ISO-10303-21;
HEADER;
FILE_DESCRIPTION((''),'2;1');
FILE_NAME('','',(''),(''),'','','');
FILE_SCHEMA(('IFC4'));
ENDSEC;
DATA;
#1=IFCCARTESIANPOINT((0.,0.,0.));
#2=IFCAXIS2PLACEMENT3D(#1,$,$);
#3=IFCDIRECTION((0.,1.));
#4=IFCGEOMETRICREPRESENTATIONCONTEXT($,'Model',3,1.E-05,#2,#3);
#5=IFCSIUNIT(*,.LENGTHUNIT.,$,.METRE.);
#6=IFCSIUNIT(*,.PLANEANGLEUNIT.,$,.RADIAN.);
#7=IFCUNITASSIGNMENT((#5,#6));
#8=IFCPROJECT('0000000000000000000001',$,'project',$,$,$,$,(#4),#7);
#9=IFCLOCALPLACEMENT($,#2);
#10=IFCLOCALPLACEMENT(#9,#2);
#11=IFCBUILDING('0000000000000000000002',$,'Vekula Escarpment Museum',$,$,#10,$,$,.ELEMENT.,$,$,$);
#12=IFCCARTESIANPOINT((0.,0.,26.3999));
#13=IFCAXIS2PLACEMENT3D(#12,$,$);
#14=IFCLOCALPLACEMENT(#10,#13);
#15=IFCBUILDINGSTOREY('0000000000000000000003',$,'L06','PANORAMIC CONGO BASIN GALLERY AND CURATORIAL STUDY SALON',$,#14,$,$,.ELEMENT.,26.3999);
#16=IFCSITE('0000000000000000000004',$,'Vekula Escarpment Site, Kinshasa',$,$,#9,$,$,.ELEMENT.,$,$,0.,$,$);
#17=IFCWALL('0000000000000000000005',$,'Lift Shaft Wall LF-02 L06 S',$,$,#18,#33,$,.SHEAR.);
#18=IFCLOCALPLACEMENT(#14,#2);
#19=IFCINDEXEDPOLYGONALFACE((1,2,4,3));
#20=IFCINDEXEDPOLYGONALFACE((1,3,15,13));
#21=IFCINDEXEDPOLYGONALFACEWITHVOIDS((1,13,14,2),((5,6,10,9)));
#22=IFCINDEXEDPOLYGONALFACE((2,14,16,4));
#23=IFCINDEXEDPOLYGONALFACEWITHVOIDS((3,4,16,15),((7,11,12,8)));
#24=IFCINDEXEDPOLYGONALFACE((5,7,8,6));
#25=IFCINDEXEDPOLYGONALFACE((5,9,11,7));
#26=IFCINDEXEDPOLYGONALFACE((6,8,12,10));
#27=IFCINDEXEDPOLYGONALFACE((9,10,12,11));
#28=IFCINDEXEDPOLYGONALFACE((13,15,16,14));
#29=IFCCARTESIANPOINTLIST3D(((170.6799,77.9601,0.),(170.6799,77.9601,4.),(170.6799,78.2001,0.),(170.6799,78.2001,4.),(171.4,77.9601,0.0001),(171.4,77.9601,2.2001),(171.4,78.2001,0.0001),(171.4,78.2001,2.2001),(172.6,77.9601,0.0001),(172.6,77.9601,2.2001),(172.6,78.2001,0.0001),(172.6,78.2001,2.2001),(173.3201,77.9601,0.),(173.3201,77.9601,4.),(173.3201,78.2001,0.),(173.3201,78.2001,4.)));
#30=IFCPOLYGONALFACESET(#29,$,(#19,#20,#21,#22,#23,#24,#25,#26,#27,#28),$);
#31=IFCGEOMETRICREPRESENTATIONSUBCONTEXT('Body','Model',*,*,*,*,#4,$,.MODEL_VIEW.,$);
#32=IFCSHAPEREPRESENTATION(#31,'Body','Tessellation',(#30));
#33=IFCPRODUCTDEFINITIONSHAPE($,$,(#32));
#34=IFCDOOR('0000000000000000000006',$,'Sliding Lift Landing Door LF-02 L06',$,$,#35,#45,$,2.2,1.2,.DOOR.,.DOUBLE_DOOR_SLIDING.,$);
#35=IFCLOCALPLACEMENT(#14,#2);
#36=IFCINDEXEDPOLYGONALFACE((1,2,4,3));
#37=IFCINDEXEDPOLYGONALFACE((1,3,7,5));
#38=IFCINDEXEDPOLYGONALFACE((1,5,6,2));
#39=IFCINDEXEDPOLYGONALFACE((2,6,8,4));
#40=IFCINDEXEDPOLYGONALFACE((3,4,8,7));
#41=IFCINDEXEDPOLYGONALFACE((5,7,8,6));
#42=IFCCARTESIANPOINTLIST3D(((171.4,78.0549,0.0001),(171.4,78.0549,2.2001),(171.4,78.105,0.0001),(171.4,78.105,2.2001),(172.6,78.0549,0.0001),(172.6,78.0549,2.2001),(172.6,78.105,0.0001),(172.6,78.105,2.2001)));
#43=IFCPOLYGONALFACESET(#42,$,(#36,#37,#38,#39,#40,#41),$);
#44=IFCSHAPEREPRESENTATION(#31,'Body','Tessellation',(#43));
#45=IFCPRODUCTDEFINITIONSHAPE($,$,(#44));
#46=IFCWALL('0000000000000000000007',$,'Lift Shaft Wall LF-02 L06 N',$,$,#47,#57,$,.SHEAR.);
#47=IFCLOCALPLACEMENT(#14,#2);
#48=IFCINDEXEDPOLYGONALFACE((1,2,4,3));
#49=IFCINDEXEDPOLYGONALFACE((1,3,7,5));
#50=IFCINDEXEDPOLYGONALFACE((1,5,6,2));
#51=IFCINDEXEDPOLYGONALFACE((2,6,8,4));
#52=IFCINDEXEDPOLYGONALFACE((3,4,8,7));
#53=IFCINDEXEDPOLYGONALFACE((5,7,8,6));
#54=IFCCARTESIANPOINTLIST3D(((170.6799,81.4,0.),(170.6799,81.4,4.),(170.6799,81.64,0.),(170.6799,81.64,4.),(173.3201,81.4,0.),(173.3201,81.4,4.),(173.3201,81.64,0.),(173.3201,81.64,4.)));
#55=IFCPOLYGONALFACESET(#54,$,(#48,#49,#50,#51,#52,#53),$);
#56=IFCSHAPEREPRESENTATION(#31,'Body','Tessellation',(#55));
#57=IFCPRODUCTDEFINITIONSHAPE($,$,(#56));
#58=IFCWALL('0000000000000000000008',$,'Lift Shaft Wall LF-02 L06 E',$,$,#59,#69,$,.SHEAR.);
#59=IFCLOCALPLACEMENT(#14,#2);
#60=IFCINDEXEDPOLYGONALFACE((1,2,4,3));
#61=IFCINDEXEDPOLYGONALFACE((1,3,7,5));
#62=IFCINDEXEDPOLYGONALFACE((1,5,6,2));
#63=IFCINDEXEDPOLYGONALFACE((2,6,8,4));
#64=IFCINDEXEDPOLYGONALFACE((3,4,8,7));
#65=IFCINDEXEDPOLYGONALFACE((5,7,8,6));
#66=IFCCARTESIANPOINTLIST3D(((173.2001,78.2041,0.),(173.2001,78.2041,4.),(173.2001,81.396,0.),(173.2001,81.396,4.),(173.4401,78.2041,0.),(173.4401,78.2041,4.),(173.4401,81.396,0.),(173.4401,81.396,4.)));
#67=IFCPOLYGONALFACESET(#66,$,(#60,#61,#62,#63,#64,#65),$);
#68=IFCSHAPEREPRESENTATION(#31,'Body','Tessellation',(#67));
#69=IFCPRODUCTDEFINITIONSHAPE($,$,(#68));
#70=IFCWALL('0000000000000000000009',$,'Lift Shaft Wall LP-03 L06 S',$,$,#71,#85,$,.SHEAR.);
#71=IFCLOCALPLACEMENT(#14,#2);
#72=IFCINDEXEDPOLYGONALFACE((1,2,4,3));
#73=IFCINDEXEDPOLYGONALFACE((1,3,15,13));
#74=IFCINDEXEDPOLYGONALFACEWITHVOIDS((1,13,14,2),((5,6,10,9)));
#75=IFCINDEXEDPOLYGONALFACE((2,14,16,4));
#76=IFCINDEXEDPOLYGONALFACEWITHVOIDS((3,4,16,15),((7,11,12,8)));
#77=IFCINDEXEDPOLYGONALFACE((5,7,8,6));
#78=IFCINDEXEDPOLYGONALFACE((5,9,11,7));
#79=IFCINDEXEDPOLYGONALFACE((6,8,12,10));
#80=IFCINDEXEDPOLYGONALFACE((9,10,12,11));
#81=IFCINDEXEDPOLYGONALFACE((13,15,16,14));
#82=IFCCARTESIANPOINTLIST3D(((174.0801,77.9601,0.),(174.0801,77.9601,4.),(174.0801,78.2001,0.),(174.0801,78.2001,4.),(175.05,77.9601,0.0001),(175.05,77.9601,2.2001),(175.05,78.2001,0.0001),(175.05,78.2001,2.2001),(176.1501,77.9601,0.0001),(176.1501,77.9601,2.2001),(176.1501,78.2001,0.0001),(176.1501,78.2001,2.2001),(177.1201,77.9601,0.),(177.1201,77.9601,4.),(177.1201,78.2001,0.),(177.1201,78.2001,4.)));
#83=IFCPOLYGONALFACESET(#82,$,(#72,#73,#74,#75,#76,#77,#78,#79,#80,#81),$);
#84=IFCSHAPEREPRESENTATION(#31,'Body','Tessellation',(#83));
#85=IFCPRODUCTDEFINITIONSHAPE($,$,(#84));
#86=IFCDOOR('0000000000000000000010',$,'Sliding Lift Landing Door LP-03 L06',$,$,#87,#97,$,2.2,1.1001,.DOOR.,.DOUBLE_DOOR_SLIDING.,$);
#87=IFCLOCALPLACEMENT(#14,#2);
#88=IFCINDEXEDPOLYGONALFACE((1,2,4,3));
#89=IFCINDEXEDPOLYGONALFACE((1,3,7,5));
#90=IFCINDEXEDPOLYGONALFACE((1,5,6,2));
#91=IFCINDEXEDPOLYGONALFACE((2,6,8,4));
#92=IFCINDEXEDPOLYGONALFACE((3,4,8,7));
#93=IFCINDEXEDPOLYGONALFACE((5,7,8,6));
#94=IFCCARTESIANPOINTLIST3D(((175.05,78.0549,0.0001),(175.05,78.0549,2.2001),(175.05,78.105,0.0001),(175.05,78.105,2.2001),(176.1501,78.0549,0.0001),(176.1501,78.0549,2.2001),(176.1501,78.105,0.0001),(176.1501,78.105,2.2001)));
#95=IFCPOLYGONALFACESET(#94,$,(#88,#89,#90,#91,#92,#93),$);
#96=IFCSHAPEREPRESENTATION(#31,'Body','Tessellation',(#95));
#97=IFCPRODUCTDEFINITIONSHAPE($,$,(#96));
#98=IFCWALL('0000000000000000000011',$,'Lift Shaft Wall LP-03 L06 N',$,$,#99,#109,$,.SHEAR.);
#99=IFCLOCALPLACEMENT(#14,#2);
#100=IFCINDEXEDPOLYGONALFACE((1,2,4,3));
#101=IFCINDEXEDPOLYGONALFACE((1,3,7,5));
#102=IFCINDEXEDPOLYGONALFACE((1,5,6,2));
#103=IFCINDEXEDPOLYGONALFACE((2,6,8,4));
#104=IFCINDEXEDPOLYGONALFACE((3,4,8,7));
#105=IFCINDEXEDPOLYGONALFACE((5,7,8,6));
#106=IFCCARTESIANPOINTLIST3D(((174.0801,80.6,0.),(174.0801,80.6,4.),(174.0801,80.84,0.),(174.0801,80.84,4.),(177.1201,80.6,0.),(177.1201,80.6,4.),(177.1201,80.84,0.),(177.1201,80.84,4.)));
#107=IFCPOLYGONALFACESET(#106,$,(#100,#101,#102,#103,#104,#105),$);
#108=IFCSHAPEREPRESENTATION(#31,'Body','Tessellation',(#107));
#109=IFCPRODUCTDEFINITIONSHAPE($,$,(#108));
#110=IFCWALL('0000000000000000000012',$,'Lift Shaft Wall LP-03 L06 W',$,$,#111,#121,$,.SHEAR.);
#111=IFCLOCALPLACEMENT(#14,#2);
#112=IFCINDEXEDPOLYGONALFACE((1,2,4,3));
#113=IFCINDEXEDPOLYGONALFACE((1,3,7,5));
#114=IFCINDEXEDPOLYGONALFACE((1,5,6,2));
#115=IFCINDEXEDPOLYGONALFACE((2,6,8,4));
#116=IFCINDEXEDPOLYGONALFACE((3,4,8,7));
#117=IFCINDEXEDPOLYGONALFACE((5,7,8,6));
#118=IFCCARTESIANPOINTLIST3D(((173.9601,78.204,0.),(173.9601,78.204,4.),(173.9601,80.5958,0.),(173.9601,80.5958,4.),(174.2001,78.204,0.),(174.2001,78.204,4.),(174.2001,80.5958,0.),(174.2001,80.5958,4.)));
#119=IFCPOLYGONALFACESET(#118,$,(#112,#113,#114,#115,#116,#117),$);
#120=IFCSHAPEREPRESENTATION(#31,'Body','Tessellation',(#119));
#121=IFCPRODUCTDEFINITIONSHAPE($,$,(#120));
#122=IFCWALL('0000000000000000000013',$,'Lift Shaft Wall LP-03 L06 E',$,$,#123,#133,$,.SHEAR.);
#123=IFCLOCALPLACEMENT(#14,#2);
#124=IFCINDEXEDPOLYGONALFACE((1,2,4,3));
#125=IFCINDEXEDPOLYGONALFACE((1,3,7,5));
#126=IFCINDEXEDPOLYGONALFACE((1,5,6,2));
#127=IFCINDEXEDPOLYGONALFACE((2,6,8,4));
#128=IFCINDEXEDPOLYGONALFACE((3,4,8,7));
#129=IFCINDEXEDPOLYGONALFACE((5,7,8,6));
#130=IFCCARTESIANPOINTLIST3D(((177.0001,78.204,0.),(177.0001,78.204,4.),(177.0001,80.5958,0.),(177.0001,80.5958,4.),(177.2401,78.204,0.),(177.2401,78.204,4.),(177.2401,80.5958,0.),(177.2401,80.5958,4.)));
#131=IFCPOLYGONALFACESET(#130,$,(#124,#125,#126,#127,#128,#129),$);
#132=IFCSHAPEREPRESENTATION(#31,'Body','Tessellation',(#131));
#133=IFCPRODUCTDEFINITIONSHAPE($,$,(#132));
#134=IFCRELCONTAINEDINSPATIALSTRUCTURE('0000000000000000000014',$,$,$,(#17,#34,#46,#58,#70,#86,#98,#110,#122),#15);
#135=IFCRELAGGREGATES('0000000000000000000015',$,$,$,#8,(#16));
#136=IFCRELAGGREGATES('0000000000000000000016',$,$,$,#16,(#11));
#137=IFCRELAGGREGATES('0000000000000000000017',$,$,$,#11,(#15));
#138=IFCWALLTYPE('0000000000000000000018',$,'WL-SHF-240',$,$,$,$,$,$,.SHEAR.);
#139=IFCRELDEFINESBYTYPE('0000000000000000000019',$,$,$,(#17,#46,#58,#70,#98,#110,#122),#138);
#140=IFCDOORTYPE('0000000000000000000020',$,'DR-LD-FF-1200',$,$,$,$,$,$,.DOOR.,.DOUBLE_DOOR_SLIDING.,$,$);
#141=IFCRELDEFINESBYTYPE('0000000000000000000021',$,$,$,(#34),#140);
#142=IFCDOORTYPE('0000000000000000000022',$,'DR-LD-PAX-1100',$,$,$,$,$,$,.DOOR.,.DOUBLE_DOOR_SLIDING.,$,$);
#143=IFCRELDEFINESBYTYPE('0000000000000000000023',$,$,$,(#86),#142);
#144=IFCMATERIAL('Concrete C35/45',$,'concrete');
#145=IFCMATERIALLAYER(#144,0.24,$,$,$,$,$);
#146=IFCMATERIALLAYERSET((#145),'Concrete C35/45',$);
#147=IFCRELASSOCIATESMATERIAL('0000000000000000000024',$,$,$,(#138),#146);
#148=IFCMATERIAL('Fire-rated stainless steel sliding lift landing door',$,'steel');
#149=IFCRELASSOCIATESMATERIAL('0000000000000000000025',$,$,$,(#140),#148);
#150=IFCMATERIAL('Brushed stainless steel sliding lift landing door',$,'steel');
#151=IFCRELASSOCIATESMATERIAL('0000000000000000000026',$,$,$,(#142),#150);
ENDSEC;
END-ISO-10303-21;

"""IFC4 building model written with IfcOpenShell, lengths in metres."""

from ifc_helpers import new_model, si_unit, direction, frame, frame_2d, origin, place, context, subcontext, project, spatial, rectangle, extrude, material, layer, layer_set, type_object, element, fill, save


model = new_model("IFC4")

# Units and contexts
model_context = context("Model", 3, precision=1e-05, world=origin(), true_north=direction((0.0, 1.0)))
body_context = subcontext(model_context, "Body", "Model", "MODEL_VIEW")
ifc_project = project(units=[si_unit("LENGTHUNIT", "METRE"), si_unit("PLANEANGLEUNIT", "RADIAN")], contexts=[model_context])

# Site, building, storey
site_placement = place(None, origin())
site = spatial("IfcSite", under=ifc_project, at=site_placement, Name="Vekula Escarpment Site, Kinshasa", CompositionType="ELEMENT", RefElevation=0.0)
building_placement = place(site_placement, origin())
building = spatial("IfcBuilding", under=site, at=building_placement, Name="Vekula Escarpment Museum", CompositionType="ELEMENT")
storey_placement = place(building_placement, frame((0.0, 0.0, 26.3999)))
storey = spatial("IfcBuildingStorey", under=building, at=storey_placement, Name="L06", Description="PANORAMIC CONGO BASIN GALLERY AND CURATORIAL STUDY SALON", CompositionType="ELEMENT", Elevation=26.3999)

# Shared definitions
ifc_material_1 = material(Name="Concrete C35/45", Category="concrete")
ifc_layer_1 = layer(ifc_material_1, 0.24)
ifc_layer_set_1 = layer_set([ifc_layer_1], Name="Concrete C35/45")
wall_type_1 = type_object("IfcWallType", Name="WL-SHF-240", PredefinedType="SHEAR", material=ifc_layer_set_1)
ifc_material_2 = material(Name="Fire-rated stainless steel sliding lift landing door", Category="steel")
door_type_1 = type_object("IfcDoorType", Name="DR-LD-FF-1200", OperationType="DOUBLE_DOOR_SLIDING", PredefinedType="DOOR", material=ifc_material_2)

# Wall, opening, door
wall_1_placement = place(storey_placement, frame((170.6799, 78.0801, 0.0), z_axis=(0.0, 0.0, 1.0), x_axis=(1.0, 0.0, 0.0)))
wall_1 = element("IfcWall", 1, at=wall_1_placement, inside=storey, type_object=wall_type_1, Name="Lift Shaft Wall LF-02 L06 S", PredefinedType="SHEAR", context=body_context, shape_type="SweptSolid", body=[
    extrude(rectangle(XDim=2.6401, YDim=0.24, at=frame_2d((1.3201, 0.0))), origin(), (0.0, 0.0, 1.0), 4.0),
])
opening_1_placement = place(wall_1_placement, frame((0.72, 0.0, 0.0)))
opening_1 = element("IfcOpeningElement", 2, at=opening_1_placement, cuts=wall_1, PredefinedType="OPENING", context=body_context, shape_type="SweptSolid", body=[
    extrude(rectangle(XDim=1.2, YDim=2.2, at=frame_2d((0.6001, 1.1001))), frame((0.0, 0.1299, 0.0), z_axis=(0.0, -1.0, 0.0), x_axis=(1.0, 0.0, 0.0)), (0.0, 0.0, 1.0), 0.26),
])
door_1_placement = place(opening_1_placement, origin())
door_1 = element("IfcDoor", 3, at=door_1_placement, inside=storey, type_object=door_type_1, Name="Sliding Lift Landing Door LF-02 L06", OperationType="DOUBLE_DOOR_SLIDING", OverallHeight=2.2, OverallWidth=1.2, PredefinedType="DOOR", context=body_context, shape_type="SweptSolid", body=[
    extrude(rectangle(XDim=1.2, YDim=2.2, at=frame_2d((0.6001, 1.1001))), frame((0.0, 0.0249, 0.0), z_axis=(0.0, -1.0, 0.0), x_axis=(1.0, 0.0, 0.0)), (0.0, 0.0, 1.0), 0.05),
])
fill(opening_1, door_1)

# Walls
wall_2_placement = place(storey_placement, frame((170.6799, 81.52, 0.0), z_axis=(0.0, 0.0, 1.0), x_axis=(1.0, 0.0, 0.0)))
element("IfcWall", 4, at=wall_2_placement, inside=storey, type_object=wall_type_1, Name="Lift Shaft Wall LF-02 L06 N", PredefinedType="SHEAR", context=body_context, shape_type="SweptSolid", body=[
    extrude(rectangle(XDim=2.6401, YDim=0.24, at=frame_2d((1.3201, 0.0))), origin(), (0.0, 0.0, 1.0), 4.0),
])
wall_3_placement = place(storey_placement, frame((173.3201, 78.2041, 0.0), z_axis=(0.0, 0.0, 1.0), x_axis=(0.0, 1.0, 0.0)))
element("IfcWall", 5, at=wall_3_placement, inside=storey, type_object=wall_type_1, Name="Lift Shaft Wall LF-02 L06 E", PredefinedType="SHEAR", context=body_context, shape_type="SweptSolid", body=[
    extrude(rectangle(XDim=3.1919, YDim=0.24, at=frame_2d((1.5959, 0.0))), origin(), (0.0, 0.0, 1.0), 4.0),
])

# Wall, opening, door
wall_4_placement = place(storey_placement, frame((174.0801, 78.0801, 0.0), z_axis=(0.0, 0.0, 1.0), x_axis=(1.0, 0.0, 0.0)))
wall_4 = element("IfcWall", 6, at=wall_4_placement, inside=storey, type_object=wall_type_1, Name="Lift Shaft Wall LP-03 L06 S", PredefinedType="SHEAR", context=body_context, shape_type="SweptSolid", body=[
    extrude(rectangle(XDim=3.04, YDim=0.24, at=frame_2d((1.52, 0.0))), origin(), (0.0, 0.0, 1.0), 4.0),
])
opening_2_placement = place(wall_4_placement, frame((0.97, 0.0, 0.0)))
opening_2 = element("IfcOpeningElement", 7, at=opening_2_placement, cuts=wall_4, PredefinedType="OPENING", context=body_context, shape_type="SweptSolid", body=[
    extrude(rectangle(XDim=1.1001, YDim=2.2, at=frame_2d((0.55, 1.1001))), frame((0.0, 0.1299, 0.0), z_axis=(0.0, -1.0, 0.0), x_axis=(1.0, 0.0, 0.0)), (0.0, 0.0, 1.0), 0.26),
])
ifc_material_3 = material(Name="Brushed stainless steel sliding lift landing door", Category="steel")
door_type_2 = type_object("IfcDoorType", Name="DR-LD-PAX-1100", OperationType="DOUBLE_DOOR_SLIDING", PredefinedType="DOOR", material=ifc_material_3)
door_2_placement = place(opening_2_placement, origin())
door_2 = element("IfcDoor", 8, at=door_2_placement, inside=storey, type_object=door_type_2, Name="Sliding Lift Landing Door LP-03 L06", OperationType="DOUBLE_DOOR_SLIDING", OverallHeight=2.2, OverallWidth=1.1001, PredefinedType="DOOR", context=body_context, shape_type="SweptSolid", body=[
    extrude(rectangle(XDim=1.1001, YDim=2.2, at=frame_2d((0.55, 1.1001))), frame((0.0, 0.0249, 0.0), z_axis=(0.0, -1.0, 0.0), x_axis=(1.0, 0.0, 0.0)), (0.0, 0.0, 1.0), 0.05),
])
fill(opening_2, door_2)

# Walls
wall_5_placement = place(storey_placement, frame((174.0801, 80.72, 0.0), z_axis=(0.0, 0.0, 1.0), x_axis=(1.0, 0.0, 0.0)))
element("IfcWall", 9, at=wall_5_placement, inside=storey, type_object=wall_type_1, Name="Lift Shaft Wall LP-03 L06 N", PredefinedType="SHEAR", context=body_context, shape_type="SweptSolid", body=[
    extrude(rectangle(XDim=3.04, YDim=0.24, at=frame_2d((1.52, 0.0))), origin(), (0.0, 0.0, 1.0), 4.0),
])
for number, where, z_axis, x_axis, name in (
    (10, (174.0801, 78.2041, 0.0), (0.0, 0.0, 1.0), (0.0, 1.0, 0.0), "Lift Shaft Wall LP-03 L06 W"),
    (11, (177.1201, 78.2041, 0.0), (0.0, 0.0, 1.0), (0.0, 1.0, 0.0), "Lift Shaft Wall LP-03 L06 E"),
):
    element("IfcWall", number, at=place(storey_placement, frame(where, z_axis=z_axis, x_axis=x_axis)), inside=storey, type_object=wall_type_1, Name=name, PredefinedType="SHEAR", context=body_context, shape_type="SweptSolid", body=[
        extrude(rectangle(XDim=2.3918, YDim=0.24, at=frame_2d((1.1958, 0.0))), origin(), (0.0, 0.0, 1.0), 4.0),
    ])

save(model, "model.ifc")
